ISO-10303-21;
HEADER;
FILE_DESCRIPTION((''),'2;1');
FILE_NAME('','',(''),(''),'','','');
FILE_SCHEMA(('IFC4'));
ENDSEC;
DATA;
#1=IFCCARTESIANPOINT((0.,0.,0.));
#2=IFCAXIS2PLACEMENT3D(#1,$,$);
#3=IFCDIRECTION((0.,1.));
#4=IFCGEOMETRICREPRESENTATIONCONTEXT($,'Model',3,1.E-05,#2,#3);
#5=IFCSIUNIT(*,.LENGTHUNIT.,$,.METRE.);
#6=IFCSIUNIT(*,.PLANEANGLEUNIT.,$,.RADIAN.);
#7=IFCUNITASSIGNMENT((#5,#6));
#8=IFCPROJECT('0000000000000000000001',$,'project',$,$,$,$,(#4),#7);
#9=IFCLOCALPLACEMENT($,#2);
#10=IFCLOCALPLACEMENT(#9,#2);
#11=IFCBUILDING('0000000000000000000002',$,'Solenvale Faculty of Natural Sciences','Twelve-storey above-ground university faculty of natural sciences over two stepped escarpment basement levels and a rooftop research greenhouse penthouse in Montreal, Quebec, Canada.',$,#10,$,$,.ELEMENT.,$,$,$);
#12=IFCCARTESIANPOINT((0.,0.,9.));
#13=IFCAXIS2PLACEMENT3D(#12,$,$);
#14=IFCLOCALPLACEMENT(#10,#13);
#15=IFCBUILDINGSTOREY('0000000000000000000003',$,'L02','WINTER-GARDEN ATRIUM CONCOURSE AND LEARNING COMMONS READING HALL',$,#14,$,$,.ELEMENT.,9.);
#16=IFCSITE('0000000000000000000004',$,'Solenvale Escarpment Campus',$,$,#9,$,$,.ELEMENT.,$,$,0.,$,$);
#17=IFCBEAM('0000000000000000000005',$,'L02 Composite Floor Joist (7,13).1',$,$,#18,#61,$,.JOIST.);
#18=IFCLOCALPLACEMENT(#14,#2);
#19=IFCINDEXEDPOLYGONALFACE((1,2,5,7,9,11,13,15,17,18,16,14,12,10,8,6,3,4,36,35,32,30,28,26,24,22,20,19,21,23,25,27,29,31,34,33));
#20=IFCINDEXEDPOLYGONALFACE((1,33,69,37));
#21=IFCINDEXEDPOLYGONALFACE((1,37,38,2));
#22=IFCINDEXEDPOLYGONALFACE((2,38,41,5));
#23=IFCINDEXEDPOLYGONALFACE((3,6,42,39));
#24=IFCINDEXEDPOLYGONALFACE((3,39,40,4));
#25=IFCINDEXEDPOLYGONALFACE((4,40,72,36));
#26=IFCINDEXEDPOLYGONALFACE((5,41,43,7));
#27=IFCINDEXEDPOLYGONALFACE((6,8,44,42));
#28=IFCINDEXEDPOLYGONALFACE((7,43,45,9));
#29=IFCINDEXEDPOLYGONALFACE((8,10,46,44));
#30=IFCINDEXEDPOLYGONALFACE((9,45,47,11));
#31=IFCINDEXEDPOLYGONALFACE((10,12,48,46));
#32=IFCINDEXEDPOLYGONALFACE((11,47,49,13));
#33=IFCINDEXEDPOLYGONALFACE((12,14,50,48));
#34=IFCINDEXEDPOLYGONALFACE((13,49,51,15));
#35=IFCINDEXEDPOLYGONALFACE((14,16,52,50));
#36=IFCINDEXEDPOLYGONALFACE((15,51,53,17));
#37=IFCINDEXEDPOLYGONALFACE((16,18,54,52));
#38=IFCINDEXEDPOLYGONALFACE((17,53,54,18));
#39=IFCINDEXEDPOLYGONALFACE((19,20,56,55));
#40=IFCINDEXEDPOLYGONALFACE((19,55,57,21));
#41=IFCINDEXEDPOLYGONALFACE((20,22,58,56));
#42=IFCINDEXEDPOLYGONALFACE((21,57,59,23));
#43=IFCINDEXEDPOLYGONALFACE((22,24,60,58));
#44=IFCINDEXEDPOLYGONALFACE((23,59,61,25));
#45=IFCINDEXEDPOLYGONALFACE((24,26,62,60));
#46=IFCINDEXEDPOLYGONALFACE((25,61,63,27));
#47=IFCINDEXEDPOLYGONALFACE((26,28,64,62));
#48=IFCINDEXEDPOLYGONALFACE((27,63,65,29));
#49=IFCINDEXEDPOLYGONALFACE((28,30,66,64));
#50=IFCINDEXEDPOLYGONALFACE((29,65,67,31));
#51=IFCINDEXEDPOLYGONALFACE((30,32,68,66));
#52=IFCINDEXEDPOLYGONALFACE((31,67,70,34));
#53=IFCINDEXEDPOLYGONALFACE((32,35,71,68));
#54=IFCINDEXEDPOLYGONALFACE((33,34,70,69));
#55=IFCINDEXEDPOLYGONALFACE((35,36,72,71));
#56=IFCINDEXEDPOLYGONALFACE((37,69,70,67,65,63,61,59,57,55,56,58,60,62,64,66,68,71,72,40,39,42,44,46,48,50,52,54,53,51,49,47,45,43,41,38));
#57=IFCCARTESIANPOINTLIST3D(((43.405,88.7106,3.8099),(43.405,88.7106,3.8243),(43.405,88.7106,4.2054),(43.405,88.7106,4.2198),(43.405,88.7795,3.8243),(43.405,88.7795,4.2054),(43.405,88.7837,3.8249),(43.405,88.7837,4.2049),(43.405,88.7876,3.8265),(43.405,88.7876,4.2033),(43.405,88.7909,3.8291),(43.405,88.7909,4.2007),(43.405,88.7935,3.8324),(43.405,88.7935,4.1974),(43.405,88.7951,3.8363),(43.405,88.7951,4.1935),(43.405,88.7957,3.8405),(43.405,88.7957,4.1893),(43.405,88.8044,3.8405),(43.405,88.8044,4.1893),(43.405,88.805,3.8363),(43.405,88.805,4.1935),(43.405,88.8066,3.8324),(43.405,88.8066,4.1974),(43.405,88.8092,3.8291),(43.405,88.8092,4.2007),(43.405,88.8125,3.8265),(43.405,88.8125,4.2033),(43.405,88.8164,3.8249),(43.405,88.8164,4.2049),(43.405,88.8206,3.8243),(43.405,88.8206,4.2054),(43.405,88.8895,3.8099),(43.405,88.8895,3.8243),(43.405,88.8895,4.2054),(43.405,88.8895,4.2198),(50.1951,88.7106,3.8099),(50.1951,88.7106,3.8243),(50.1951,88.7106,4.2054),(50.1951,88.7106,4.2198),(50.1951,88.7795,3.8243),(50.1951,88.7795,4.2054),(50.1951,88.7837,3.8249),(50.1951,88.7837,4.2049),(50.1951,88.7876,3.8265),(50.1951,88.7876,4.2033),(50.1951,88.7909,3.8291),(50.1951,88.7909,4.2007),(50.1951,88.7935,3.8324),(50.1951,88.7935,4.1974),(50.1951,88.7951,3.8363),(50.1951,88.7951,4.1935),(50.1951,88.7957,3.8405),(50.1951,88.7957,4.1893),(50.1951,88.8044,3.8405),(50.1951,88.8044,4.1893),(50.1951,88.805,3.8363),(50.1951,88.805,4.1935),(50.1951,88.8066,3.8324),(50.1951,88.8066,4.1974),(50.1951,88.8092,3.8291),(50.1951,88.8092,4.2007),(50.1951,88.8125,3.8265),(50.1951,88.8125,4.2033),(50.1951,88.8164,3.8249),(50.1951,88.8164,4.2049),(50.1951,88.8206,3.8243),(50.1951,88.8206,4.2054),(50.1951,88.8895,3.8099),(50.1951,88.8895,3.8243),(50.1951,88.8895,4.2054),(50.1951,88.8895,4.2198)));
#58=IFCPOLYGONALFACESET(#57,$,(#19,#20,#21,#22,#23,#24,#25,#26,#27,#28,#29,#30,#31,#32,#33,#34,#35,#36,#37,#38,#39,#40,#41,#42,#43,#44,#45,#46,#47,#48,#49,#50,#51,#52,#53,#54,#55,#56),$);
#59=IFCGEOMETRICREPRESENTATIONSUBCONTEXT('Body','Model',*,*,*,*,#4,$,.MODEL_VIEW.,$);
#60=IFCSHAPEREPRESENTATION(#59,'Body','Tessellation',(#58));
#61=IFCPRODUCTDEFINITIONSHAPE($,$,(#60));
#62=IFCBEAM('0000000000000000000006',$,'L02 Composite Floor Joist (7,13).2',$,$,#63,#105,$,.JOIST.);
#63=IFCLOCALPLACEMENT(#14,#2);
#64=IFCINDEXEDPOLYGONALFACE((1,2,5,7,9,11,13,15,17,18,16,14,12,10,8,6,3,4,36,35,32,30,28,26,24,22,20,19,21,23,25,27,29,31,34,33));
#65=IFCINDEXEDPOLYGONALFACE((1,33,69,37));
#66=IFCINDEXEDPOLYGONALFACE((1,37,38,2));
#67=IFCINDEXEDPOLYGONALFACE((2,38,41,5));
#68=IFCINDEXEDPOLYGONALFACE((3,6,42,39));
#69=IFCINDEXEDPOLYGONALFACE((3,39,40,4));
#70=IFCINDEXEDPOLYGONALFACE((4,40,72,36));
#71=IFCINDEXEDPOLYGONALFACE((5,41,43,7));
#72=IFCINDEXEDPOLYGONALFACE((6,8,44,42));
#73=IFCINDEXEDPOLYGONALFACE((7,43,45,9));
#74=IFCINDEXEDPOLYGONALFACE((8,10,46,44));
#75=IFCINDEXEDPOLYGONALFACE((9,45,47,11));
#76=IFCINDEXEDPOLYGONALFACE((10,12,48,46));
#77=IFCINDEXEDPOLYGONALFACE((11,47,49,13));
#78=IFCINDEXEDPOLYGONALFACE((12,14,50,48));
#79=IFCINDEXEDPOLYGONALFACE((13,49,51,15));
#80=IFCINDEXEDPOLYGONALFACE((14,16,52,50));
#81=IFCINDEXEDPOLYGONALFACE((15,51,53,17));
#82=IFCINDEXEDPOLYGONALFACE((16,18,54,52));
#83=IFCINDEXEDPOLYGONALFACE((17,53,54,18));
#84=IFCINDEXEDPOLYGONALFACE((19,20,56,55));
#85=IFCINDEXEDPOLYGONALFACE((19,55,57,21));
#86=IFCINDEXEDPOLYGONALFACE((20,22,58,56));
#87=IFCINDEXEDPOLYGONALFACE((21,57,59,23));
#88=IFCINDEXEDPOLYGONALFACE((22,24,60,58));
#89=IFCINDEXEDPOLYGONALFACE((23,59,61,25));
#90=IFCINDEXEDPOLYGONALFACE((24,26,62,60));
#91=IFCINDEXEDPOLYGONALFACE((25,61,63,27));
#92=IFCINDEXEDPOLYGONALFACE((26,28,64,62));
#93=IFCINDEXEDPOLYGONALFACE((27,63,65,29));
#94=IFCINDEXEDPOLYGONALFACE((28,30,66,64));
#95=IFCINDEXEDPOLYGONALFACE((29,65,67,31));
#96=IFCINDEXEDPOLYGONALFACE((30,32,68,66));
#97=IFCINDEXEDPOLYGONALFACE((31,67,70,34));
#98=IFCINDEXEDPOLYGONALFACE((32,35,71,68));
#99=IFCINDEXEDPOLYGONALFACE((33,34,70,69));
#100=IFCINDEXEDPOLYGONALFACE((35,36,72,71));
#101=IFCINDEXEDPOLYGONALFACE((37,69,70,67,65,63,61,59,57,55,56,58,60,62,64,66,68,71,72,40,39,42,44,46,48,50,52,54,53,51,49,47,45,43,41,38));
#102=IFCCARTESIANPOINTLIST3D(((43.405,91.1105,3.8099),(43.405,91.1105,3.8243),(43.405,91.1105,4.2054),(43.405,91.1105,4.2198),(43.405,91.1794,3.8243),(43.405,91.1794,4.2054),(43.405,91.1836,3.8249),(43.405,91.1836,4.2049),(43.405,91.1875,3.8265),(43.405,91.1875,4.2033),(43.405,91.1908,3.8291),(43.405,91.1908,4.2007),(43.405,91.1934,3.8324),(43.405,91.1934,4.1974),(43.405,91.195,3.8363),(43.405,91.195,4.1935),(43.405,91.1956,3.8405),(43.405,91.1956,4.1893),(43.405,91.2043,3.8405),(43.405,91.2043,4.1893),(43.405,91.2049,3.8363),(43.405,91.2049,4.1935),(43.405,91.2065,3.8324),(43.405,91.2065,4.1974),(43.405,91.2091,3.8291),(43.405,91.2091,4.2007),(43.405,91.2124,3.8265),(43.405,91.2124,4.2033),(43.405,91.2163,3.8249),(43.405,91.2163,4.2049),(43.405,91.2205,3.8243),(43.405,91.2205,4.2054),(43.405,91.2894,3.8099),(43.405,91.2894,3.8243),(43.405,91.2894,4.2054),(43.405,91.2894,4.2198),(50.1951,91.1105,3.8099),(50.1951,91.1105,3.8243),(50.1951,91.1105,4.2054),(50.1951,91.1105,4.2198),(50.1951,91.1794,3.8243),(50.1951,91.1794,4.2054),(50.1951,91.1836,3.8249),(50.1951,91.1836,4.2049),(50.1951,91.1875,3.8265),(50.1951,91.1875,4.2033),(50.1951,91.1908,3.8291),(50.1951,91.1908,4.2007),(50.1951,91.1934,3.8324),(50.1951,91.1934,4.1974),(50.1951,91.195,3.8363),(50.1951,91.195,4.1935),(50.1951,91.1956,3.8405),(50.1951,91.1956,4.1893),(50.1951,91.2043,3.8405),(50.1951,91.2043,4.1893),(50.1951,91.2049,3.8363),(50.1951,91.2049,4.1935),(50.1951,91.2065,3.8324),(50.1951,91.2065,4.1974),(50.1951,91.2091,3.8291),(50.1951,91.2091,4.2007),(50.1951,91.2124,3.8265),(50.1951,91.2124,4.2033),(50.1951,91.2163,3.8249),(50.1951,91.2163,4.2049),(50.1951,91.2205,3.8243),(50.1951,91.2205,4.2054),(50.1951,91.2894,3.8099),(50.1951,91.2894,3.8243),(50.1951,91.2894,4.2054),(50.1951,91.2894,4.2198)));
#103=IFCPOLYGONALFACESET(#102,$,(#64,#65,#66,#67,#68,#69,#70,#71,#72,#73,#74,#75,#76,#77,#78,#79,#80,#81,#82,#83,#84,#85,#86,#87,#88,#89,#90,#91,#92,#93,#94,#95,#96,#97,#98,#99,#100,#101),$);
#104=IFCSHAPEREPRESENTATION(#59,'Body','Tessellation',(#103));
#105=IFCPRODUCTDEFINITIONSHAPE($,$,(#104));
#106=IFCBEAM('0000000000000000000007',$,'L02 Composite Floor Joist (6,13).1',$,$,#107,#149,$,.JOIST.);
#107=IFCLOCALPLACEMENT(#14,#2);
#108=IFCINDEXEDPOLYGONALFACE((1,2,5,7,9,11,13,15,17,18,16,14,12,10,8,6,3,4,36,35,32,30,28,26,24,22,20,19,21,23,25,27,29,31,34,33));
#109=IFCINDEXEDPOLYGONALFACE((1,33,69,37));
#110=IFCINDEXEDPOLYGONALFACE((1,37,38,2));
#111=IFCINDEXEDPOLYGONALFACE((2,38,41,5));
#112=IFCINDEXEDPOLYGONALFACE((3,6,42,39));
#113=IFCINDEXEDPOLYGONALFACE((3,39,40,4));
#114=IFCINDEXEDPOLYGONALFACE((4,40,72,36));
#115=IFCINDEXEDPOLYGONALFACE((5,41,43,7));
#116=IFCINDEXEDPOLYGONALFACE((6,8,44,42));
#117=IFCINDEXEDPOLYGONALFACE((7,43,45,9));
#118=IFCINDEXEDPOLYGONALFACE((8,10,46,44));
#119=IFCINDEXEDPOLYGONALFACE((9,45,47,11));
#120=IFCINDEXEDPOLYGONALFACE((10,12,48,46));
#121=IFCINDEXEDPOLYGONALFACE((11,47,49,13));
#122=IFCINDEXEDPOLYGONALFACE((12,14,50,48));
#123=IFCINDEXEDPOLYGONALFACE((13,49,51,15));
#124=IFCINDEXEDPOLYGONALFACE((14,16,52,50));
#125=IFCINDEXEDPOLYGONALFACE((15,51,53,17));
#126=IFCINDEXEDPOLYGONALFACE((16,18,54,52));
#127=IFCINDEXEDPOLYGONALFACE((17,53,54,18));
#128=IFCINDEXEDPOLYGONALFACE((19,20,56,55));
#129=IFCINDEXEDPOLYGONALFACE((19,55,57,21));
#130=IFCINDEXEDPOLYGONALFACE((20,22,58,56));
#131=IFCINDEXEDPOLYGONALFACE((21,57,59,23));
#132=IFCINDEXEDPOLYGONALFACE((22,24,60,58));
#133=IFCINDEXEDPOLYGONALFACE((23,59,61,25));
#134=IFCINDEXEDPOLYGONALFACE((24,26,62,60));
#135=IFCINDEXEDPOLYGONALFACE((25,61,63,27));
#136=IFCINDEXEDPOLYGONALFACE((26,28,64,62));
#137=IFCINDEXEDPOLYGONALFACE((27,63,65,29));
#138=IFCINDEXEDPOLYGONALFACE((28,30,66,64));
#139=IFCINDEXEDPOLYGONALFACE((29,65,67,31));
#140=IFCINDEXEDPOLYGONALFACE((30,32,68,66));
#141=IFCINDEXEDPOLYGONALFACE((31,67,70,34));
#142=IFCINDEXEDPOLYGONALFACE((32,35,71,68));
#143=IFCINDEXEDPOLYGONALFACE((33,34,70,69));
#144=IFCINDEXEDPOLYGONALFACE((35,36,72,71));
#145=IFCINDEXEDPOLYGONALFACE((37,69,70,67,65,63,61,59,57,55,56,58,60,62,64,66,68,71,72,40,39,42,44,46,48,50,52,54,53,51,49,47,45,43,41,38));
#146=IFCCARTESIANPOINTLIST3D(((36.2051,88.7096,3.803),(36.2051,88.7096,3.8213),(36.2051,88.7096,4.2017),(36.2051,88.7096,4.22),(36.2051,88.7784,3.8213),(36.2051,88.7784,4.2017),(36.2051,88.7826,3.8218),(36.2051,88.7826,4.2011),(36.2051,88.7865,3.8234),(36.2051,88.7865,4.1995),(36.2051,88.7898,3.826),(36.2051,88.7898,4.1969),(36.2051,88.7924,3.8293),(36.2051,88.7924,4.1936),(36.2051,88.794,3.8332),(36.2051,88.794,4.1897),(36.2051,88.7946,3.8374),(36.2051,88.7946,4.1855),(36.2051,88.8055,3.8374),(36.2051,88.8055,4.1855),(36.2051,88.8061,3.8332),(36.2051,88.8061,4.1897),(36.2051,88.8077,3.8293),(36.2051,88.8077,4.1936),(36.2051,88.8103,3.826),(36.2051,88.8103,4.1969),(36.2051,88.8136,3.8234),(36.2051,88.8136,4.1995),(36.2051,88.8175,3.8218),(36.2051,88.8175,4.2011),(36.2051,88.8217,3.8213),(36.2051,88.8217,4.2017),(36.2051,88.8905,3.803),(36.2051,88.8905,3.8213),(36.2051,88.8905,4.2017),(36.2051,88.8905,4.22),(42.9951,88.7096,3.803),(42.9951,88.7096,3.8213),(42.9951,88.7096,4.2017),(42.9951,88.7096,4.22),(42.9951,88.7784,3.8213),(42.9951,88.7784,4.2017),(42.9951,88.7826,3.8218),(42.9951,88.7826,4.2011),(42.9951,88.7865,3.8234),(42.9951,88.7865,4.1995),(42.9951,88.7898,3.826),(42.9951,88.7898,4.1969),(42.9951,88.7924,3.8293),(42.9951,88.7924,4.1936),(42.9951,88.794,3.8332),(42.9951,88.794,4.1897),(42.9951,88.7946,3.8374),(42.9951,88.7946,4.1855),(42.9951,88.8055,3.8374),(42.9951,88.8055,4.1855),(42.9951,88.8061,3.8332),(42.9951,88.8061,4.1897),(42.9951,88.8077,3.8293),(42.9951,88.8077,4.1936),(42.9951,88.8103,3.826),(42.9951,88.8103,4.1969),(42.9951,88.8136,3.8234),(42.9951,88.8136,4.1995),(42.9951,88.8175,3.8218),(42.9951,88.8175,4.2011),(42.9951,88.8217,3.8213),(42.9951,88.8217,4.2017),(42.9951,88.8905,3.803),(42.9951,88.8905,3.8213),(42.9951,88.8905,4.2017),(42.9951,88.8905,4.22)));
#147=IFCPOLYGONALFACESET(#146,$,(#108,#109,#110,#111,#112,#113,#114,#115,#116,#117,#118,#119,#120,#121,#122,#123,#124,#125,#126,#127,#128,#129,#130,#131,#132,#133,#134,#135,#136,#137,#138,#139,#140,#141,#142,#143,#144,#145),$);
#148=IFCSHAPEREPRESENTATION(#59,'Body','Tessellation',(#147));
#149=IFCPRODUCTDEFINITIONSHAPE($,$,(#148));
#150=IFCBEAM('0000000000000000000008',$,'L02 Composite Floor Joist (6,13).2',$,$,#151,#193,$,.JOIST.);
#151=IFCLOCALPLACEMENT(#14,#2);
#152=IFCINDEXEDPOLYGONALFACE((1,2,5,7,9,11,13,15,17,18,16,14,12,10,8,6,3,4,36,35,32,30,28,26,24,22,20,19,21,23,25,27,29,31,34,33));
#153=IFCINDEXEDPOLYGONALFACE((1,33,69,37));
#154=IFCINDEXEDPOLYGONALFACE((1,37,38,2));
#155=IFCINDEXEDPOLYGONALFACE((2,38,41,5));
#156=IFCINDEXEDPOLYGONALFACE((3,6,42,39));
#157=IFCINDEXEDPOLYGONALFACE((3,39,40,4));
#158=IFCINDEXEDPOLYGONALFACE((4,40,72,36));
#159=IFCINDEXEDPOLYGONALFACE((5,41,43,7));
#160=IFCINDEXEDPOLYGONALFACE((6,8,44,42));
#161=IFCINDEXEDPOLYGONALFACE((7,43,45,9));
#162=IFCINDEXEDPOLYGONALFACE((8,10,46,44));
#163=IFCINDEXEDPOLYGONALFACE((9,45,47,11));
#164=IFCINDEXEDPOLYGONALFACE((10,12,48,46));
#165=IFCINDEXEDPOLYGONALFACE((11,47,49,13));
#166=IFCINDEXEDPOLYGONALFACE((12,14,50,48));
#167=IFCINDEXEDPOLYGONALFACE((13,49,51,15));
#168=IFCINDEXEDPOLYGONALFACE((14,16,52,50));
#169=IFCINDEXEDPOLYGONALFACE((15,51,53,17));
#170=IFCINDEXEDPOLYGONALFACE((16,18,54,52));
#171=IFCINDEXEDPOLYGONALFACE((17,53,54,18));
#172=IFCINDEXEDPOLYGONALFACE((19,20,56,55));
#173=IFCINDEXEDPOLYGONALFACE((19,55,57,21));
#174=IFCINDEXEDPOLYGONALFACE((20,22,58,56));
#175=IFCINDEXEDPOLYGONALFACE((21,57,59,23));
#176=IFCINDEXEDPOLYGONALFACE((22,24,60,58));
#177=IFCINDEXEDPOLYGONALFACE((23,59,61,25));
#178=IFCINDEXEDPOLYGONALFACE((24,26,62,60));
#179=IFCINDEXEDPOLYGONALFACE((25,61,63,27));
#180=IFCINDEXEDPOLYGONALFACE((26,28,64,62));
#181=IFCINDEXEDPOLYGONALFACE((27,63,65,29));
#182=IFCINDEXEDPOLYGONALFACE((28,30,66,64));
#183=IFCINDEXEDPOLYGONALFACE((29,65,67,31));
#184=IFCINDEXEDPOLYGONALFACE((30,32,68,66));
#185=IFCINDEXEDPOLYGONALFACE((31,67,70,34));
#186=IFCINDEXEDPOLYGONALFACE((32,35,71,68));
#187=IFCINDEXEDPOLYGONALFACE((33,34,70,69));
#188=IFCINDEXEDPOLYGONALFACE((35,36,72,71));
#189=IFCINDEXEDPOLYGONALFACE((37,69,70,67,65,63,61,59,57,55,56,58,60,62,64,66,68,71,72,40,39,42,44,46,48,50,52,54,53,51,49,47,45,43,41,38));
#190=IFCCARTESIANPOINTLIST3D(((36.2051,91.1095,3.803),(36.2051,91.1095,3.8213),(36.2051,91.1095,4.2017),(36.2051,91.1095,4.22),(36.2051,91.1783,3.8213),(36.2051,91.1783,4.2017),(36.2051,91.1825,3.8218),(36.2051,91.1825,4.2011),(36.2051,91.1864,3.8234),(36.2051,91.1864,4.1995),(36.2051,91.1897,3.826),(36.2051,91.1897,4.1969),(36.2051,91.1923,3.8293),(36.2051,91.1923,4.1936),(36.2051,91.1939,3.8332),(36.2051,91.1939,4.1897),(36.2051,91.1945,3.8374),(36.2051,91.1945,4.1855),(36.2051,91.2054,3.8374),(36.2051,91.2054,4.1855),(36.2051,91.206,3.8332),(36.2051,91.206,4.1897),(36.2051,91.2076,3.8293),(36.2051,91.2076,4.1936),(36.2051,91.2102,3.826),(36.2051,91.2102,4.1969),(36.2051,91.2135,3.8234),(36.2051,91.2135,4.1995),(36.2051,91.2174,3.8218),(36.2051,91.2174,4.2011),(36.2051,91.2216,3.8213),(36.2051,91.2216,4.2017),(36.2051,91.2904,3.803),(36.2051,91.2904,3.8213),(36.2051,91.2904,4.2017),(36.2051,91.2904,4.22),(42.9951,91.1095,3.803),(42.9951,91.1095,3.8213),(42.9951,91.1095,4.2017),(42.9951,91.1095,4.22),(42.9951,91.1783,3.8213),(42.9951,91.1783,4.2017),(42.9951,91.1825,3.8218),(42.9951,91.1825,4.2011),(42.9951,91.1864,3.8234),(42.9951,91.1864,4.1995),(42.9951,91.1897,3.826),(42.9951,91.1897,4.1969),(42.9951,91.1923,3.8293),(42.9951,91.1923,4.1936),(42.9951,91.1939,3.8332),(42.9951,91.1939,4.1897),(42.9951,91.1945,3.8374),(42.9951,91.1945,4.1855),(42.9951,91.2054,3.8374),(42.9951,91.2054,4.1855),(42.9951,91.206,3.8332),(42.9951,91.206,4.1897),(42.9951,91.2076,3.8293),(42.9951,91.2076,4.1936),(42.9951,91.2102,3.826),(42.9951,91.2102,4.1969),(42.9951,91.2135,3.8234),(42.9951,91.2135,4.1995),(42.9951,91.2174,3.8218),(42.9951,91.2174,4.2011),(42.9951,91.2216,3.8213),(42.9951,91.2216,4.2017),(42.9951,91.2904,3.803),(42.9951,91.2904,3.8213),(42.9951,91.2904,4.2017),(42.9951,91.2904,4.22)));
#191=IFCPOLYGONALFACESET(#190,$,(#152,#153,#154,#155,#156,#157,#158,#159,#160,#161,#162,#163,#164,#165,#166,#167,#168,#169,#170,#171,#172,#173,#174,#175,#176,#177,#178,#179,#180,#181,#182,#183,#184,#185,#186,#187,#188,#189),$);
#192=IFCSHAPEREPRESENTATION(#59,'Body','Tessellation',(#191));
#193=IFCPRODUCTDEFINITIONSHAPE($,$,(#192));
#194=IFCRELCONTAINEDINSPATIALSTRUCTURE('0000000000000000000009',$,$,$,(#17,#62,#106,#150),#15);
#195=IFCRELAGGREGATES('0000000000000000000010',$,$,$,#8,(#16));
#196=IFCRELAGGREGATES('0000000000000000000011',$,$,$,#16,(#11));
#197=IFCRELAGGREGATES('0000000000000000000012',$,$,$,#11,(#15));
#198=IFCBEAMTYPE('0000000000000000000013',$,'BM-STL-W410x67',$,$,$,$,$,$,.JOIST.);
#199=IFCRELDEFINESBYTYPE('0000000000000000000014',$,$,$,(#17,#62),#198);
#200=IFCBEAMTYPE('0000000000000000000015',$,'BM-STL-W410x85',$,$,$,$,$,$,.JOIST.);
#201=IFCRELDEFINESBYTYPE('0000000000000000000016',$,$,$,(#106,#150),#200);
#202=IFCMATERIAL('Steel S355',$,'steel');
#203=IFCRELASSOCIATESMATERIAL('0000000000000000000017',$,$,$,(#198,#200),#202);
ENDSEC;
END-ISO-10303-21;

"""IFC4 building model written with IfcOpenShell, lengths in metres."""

from ifc_helpers import new_model, si_unit, direction, frame, origin, origin_2d, place, context, subcontext, project, spatial, i_section, extrude, material, material_profile, profile_set, type_object, element, save


model = new_model("IFC4")

# Units and contexts
model_context = context("Model", 3, precision=1e-05, world=origin(), true_north=direction((0.0, 1.0)))
body_context = subcontext(model_context, "Body", "Model", "MODEL_VIEW")
ifc_project = project(units=[si_unit("LENGTHUNIT", "METRE"), si_unit("PLANEANGLEUNIT", "RADIAN")], contexts=[model_context])

# Site, building, storey
site_placement = place(None, origin())
site = spatial("IfcSite", under=ifc_project, at=site_placement, Name="Solenvale Escarpment Campus", CompositionType="ELEMENT", RefElevation=0.0)
building_placement = place(site_placement, origin())
building = spatial("IfcBuilding", under=site, at=building_placement, Name="Solenvale Faculty of Natural Sciences", Description="Twelve-storey above-ground university faculty of natural sciences over two stepped escarpment basement levels and a rooftop research greenhouse penthouse in Montreal, Quebec, Canada.", CompositionType="ELEMENT")
storey_placement = place(building_placement, frame((0.0, 0.0, 9.0)))
storey = spatial("IfcBuildingStorey", under=building, at=storey_placement, Name="L02", Description="WINTER-GARDEN ATRIUM CONCOURSE AND LEARNING COMMONS READING HALL", CompositionType="ELEMENT", Elevation=9.0)

# Beams
ifc_material_1 = material(Name="Steel S355", Category="steel")
ifc_material_profile_1 = material_profile(ifc_material_1, i_section(OverallWidth=0.179, OverallDepth=0.4099, WebThickness=0.0088, FlangeThickness=0.0144, FilletRadius=0.0161, at=origin_2d()), Name="W410x67")
ifc_profile_set_1 = profile_set([ifc_material_profile_1], Name="Steel S355")
beam_type_1 = type_object("IfcBeamType", Name="BM-STL-W410x67", PredefinedType="JOIST", material=ifc_profile_set_1)
for number, where, z_axis, x_axis, name in (
    (1, (43.405, 88.8, 4.0149), (1.0, 0.0, 0.0), (0.0, 1.0, 0.0), "L02 Composite Floor Joist (7,13).1"),
    (2, (43.405, 91.2, 4.0149), (1.0, 0.0, 0.0), (0.0, 1.0, 0.0), "L02 Composite Floor Joist (7,13).2"),
):
    element("IfcBeam", number, at=place(storey_placement, frame(where, z_axis=z_axis, x_axis=x_axis)), inside=storey, type_object=beam_type_1, Name=name, PredefinedType="JOIST", context=body_context, shape_type="SweptSolid", body=[
        extrude(i_section(OverallWidth=0.179, OverallDepth=0.4099, WebThickness=0.0088, FlangeThickness=0.0144, FilletRadius=0.0161, at=origin_2d()), origin(), (0.0, 0.0, 1.0), 6.79),
    ])
ifc_material_profile_2 = material_profile(ifc_material_1, i_section(OverallWidth=0.1809, OverallDepth=0.417, WebThickness=0.011, FlangeThickness=0.0183, FilletRadius=0.0161, at=origin_2d()), Name="W410x85")
ifc_profile_set_2 = profile_set([ifc_material_profile_2], Name="Steel S355")
beam_type_2 = type_object("IfcBeamType", Name="BM-STL-W410x85", PredefinedType="JOIST", material=ifc_profile_set_2)
for number, where, z_axis, x_axis, name in (
    (3, (36.2051, 88.8, 4.0115), (1.0, 0.0, 0.0), (0.0, 1.0, 0.0), "L02 Composite Floor Joist (6,13).1"),
    (4, (36.2051, 91.2, 4.0115), (1.0, 0.0, 0.0), (0.0, 1.0, 0.0), "L02 Composite Floor Joist (6,13).2"),
):
    element("IfcBeam", number, at=place(storey_placement, frame(where, z_axis=z_axis, x_axis=x_axis)), inside=storey, type_object=beam_type_2, Name=name, PredefinedType="JOIST", context=body_context, shape_type="SweptSolid", body=[
        extrude(i_section(OverallWidth=0.1809, OverallDepth=0.417, WebThickness=0.011, FlangeThickness=0.0183, FilletRadius=0.0161, at=origin_2d()), origin(), (0.0, 0.0, 1.0), 6.79),
    ])

save(model, "model.ifc")
